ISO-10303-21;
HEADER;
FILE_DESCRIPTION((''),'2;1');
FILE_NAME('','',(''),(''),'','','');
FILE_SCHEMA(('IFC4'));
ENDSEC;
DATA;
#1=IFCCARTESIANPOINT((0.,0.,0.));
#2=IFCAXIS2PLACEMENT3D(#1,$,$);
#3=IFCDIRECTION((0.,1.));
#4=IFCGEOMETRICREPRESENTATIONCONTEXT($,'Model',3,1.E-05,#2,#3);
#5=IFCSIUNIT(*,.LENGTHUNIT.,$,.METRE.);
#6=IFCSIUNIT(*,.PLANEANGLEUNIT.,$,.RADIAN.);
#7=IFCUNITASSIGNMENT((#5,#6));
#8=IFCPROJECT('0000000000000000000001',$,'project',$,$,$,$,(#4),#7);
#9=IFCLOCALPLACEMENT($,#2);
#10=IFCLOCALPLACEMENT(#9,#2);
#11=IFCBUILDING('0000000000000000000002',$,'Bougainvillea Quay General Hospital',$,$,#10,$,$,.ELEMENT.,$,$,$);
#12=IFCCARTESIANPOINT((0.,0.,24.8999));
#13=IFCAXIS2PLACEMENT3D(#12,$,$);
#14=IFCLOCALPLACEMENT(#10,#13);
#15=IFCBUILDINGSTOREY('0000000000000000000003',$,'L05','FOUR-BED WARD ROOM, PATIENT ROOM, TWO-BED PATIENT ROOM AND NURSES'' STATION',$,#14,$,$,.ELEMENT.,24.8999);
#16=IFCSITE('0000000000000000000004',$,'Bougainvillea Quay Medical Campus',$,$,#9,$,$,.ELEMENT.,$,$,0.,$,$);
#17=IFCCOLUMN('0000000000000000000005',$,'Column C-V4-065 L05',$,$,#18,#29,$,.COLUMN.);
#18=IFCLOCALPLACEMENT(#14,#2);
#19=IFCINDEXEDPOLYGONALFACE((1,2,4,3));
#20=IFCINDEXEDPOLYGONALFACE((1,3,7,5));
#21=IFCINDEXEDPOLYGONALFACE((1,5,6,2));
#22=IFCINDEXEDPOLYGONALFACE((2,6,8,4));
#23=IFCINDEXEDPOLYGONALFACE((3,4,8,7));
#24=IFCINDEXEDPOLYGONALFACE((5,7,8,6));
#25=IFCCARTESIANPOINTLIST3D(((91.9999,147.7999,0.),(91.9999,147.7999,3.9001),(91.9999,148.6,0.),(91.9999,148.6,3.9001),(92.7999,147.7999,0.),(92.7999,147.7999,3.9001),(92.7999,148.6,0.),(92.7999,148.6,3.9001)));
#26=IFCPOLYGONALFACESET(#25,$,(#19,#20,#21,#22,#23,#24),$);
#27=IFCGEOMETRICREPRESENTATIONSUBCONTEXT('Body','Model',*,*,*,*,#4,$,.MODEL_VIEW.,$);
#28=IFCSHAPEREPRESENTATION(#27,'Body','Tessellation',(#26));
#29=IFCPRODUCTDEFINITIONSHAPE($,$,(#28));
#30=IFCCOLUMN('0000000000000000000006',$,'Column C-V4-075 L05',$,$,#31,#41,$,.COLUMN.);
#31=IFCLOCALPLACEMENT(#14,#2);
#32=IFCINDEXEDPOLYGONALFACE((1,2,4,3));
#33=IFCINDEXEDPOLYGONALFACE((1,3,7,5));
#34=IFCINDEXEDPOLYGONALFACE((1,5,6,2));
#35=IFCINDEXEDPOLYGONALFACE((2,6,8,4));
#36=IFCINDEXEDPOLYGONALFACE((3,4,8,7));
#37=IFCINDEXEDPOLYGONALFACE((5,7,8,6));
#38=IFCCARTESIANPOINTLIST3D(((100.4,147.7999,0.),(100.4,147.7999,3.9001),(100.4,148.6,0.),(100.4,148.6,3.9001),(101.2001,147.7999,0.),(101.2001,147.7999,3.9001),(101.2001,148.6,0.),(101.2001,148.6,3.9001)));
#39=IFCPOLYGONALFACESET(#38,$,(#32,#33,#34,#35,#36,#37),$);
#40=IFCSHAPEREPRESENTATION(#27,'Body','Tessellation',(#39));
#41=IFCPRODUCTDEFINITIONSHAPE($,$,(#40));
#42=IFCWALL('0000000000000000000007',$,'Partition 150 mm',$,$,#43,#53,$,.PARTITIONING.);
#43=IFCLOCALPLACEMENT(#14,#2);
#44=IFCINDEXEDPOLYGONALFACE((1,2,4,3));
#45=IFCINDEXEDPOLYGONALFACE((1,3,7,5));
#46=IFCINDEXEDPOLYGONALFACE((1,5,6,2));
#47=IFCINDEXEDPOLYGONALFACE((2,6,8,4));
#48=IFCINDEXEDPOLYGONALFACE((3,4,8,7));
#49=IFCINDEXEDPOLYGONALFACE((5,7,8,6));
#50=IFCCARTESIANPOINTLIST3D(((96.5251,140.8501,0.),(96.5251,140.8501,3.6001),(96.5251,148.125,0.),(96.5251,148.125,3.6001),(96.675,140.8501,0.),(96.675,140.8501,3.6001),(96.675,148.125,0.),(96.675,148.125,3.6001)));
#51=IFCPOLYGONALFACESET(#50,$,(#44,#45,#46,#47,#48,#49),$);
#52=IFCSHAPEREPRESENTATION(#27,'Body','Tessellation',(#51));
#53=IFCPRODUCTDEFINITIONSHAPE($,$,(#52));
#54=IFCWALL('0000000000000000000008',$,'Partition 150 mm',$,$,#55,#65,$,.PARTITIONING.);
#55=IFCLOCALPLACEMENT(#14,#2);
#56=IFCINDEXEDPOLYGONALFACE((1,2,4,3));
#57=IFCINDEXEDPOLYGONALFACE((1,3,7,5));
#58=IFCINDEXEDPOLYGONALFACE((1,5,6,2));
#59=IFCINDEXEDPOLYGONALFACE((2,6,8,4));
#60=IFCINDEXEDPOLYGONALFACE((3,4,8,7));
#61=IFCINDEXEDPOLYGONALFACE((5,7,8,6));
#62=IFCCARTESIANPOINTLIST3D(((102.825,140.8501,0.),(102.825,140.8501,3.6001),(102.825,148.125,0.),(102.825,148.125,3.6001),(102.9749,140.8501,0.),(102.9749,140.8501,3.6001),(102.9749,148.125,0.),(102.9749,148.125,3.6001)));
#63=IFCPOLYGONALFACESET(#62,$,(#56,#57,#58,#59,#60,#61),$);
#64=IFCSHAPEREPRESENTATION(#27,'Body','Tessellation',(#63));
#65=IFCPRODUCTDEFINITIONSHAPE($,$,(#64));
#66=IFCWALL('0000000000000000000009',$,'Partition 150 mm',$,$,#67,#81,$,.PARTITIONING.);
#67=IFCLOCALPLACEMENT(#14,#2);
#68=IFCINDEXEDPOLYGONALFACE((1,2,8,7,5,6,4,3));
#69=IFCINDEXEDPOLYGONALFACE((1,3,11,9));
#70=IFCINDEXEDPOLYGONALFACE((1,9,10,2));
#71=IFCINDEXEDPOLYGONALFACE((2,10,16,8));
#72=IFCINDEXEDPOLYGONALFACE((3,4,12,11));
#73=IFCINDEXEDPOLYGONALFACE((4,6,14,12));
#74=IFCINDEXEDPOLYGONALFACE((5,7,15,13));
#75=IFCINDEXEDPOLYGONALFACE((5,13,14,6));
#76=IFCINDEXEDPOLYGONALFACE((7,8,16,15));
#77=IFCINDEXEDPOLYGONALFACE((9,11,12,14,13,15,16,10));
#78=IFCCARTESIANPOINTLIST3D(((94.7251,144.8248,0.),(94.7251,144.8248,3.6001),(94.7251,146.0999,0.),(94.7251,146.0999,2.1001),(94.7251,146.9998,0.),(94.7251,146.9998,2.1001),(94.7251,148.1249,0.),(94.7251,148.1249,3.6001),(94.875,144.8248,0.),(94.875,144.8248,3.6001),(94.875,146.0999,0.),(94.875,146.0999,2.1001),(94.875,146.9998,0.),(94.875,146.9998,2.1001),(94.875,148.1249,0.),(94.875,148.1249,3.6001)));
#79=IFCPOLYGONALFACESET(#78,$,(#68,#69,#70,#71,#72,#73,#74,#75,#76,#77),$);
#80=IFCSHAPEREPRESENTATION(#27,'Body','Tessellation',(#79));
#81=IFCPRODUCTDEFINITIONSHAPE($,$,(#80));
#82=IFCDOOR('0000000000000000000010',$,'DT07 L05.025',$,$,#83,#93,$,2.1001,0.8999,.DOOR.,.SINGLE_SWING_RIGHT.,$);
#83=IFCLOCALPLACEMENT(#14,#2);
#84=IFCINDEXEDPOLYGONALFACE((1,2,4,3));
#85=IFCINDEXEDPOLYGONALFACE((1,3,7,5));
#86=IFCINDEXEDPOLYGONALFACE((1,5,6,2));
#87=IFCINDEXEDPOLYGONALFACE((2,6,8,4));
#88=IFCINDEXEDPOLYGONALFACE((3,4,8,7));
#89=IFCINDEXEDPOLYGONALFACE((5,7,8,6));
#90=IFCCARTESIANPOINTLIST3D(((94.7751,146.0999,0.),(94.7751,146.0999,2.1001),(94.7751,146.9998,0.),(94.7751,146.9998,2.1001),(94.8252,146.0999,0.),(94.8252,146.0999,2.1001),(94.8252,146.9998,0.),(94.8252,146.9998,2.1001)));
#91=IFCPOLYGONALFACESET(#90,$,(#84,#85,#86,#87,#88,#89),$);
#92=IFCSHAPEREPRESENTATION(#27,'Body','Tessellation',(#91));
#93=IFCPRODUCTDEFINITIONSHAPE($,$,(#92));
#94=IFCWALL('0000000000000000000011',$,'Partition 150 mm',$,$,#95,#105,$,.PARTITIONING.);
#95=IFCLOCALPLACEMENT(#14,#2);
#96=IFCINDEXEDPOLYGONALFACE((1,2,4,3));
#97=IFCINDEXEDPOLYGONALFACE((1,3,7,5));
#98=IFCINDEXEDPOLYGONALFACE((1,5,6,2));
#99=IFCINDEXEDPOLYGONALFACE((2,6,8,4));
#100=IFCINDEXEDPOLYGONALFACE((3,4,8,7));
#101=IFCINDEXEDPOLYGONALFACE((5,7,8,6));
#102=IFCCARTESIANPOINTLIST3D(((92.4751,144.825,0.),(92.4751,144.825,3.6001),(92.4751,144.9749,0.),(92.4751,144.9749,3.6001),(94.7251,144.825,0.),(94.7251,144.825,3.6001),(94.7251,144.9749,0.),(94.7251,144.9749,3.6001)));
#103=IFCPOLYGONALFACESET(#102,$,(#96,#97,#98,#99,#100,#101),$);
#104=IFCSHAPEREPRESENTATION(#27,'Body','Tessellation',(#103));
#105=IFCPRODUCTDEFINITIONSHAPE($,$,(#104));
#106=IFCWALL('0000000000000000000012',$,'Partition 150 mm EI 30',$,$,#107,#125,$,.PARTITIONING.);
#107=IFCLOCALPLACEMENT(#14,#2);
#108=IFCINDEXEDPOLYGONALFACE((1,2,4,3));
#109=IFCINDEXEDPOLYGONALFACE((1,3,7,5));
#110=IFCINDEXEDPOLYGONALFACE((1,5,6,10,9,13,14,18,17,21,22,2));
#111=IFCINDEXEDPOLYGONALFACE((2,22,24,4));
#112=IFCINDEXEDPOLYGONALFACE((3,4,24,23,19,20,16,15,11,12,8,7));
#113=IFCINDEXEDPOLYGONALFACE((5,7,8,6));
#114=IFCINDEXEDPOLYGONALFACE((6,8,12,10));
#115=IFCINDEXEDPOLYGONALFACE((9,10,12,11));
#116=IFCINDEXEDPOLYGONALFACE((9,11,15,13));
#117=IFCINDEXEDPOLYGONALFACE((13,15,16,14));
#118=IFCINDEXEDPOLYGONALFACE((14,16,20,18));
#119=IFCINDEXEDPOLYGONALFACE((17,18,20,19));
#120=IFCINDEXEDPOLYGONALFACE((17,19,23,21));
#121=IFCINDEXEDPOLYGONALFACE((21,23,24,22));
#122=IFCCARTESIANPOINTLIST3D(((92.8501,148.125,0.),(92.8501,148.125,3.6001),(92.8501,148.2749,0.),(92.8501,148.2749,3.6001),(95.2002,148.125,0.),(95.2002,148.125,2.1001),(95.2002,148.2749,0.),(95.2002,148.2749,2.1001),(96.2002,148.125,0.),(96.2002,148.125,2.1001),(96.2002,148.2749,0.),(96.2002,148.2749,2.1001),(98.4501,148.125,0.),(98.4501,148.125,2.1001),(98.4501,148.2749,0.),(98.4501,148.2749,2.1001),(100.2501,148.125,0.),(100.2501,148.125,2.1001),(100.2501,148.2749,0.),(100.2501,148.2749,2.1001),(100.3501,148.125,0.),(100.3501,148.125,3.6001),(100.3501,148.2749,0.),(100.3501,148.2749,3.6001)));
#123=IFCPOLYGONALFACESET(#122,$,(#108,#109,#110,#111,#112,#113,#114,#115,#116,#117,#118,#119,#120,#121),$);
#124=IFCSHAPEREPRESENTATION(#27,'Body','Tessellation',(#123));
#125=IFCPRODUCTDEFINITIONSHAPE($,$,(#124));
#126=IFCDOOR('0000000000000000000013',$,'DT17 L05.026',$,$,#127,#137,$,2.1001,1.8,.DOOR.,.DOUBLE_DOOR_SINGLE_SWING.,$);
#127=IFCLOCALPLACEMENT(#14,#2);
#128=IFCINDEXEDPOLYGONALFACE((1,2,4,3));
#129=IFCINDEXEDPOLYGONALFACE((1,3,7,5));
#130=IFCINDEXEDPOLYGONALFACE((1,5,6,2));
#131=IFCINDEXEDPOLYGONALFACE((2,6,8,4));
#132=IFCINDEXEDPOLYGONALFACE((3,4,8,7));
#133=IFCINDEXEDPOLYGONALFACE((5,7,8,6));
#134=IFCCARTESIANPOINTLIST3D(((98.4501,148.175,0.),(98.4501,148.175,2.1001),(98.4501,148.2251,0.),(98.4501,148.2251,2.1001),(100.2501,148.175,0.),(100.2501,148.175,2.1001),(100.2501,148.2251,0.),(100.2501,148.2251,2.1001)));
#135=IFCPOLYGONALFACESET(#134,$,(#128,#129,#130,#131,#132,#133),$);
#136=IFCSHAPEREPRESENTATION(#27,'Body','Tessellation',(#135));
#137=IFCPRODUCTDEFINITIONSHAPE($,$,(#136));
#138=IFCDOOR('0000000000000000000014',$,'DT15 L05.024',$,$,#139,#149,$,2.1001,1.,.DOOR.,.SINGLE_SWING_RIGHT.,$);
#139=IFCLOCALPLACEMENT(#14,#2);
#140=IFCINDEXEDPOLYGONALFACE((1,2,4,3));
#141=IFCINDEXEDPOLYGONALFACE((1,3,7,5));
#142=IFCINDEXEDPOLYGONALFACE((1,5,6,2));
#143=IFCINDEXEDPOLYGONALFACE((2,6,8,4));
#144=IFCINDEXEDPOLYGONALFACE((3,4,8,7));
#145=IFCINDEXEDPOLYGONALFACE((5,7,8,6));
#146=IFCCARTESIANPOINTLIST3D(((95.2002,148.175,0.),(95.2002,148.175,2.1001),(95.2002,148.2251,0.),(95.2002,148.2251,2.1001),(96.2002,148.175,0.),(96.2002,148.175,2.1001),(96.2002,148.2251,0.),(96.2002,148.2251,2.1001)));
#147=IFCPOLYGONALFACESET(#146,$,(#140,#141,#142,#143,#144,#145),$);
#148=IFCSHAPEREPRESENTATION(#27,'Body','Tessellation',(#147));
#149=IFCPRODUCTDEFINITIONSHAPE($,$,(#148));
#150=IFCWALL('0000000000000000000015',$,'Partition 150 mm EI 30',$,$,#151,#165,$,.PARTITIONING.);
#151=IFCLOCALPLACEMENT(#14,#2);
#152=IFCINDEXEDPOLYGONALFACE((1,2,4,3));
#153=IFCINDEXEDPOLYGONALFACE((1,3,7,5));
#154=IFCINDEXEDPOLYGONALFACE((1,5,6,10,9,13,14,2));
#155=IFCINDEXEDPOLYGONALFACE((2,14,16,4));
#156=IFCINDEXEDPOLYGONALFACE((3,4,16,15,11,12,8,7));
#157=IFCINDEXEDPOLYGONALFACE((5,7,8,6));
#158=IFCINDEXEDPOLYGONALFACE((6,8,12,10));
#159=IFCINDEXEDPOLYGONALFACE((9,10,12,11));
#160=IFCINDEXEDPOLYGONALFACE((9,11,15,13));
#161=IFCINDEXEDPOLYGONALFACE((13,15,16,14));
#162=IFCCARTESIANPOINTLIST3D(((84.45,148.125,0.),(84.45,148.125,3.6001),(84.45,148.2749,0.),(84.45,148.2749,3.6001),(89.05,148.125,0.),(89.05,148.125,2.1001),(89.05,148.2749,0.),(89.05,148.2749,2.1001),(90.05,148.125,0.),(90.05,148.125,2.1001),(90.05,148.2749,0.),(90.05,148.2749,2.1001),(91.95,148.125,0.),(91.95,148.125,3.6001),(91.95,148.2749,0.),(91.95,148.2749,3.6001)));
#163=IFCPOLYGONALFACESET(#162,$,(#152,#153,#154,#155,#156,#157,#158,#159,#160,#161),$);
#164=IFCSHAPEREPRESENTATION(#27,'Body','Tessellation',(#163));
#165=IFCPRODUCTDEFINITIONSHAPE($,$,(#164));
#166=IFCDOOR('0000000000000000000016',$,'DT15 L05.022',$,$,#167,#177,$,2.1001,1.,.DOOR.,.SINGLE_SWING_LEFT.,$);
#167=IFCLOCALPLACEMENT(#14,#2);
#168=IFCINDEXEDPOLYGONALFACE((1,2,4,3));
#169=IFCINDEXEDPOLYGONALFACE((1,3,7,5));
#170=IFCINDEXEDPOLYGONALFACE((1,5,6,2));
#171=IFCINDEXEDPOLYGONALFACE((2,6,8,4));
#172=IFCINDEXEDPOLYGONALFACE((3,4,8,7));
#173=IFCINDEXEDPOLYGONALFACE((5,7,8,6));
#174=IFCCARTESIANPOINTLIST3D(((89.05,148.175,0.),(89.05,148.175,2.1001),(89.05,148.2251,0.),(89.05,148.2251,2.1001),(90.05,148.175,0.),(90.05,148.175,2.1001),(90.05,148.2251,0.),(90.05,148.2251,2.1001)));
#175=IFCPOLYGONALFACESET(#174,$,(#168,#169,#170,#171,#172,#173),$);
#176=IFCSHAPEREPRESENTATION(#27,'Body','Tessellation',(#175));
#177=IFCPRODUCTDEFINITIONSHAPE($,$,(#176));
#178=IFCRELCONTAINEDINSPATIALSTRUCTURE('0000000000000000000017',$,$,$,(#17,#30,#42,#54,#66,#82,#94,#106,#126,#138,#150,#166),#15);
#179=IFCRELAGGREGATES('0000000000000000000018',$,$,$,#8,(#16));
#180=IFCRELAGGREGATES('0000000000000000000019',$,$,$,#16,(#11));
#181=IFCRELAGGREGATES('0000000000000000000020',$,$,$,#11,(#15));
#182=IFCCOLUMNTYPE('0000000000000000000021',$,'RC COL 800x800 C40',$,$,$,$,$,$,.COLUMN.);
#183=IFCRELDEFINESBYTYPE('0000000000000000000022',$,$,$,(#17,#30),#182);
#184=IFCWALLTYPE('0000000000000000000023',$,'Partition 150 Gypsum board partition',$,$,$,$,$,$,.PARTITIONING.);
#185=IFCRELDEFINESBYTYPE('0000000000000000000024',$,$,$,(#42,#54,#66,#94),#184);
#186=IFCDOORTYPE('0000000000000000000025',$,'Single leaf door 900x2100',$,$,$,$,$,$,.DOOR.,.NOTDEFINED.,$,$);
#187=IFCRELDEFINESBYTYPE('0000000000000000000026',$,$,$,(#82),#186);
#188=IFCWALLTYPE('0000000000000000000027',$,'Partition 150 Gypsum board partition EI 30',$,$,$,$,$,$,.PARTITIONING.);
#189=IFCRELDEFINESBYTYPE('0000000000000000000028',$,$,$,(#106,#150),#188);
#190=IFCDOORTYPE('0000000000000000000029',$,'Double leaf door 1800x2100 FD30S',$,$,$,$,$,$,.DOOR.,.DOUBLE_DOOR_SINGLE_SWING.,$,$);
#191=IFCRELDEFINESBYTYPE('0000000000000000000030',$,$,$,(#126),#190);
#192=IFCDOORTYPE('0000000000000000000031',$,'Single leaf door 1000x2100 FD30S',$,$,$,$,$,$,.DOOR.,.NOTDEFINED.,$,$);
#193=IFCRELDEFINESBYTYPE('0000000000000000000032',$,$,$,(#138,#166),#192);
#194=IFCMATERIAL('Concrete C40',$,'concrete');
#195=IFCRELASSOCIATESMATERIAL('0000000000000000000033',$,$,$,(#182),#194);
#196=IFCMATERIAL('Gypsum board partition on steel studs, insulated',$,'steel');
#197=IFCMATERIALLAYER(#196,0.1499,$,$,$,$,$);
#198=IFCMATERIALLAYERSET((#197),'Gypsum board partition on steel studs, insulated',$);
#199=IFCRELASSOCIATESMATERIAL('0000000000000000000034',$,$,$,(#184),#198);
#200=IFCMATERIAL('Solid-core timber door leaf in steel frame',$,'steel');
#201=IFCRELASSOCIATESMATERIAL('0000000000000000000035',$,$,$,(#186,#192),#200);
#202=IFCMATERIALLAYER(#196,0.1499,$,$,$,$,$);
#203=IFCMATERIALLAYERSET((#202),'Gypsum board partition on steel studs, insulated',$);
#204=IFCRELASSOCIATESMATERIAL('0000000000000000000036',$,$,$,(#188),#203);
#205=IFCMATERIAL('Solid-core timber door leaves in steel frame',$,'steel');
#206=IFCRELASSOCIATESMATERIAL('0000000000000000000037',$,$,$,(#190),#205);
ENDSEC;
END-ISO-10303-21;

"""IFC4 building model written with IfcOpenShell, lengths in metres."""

from ifc_helpers import new_model, si_unit, direction, frame, frame_2d, origin, origin_2d, place, context, subcontext, project, spatial, rectangle, extrude, material, layer, layer_set, material_profile, profile_set, type_object, element, fill, save


model = new_model("IFC4")

# Units and contexts
model_context = context("Model", 3, precision=1e-05, world=origin(), true_north=direction((0.0, 1.0)))
body_context = subcontext(model_context, "Body", "Model", "MODEL_VIEW")
ifc_project = project(units=[si_unit("LENGTHUNIT", "METRE"), si_unit("PLANEANGLEUNIT", "RADIAN")], contexts=[model_context])

# Site, building, storey
site_placement = place(None, origin())
site = spatial("IfcSite", under=ifc_project, at=site_placement, Name="Bougainvillea Quay Medical Campus", CompositionType="ELEMENT", RefElevation=0.0)
building_placement = place(site_placement, origin())
building = spatial("IfcBuilding", under=site, at=building_placement, Name="Bougainvillea Quay General Hospital", CompositionType="ELEMENT")
storey_placement = place(building_placement, frame((0.0, 0.0, 24.8999)))
storey = spatial("IfcBuildingStorey", under=building, at=storey_placement, Name="L05", Description="FOUR-BED WARD ROOM, PATIENT ROOM, TWO-BED PATIENT ROOM AND NURSES' STATION", CompositionType="ELEMENT", Elevation=24.8999)

# Columns
ifc_material_1 = material(Name="Concrete C40", Category="concrete")
ifc_material_profile = material_profile(ifc_material_1, rectangle(XDim=0.8, YDim=0.8, at=origin_2d()))
ifc_profile_set = profile_set([ifc_material_profile], Name="Concrete C40")
column_type = type_object("IfcColumnType", Name="RC COL 800x800 C40", PredefinedType="COLUMN", material=ifc_profile_set)
for number, where, z_axis, x_axis, name in (
    (1, (92.3999, 148.2, 0.0), (0.0, 0.0, 1.0), (1.0, 0.0, 0.0), "Column C-V4-065 L05"),
    (2, (100.8, 148.2, 0.0), (0.0, 0.0, 1.0), (1.0, 0.0, 0.0), "Column C-V4-075 L05"),
):
    element("IfcColumn", number, at=place(storey_placement, frame(where, z_axis=z_axis, x_axis=x_axis)), inside=storey, type_object=column_type, Name=name, PredefinedType="COLUMN", context=body_context, shape_type="SweptSolid", body=[
        extrude(rectangle(XDim=0.8, YDim=0.8, at=origin_2d()), origin(), (0.0, 0.0, 1.0), 3.9001),
    ])

# Walls
ifc_material_2 = material(Name="Gypsum board partition on steel studs, insulated", Category="steel")
ifc_layer_1 = layer(ifc_material_2, 0.1499)
ifc_layer_set_1 = layer_set([ifc_layer_1], Name="Gypsum board partition on steel studs, insulated")
wall_type_1 = type_object("IfcWallType", Name="Partition 150 Gypsum board partition", PredefinedType="PARTITIONING", material=ifc_layer_set_1)
for number, where, z_axis, x_axis, name in (
    (3, (96.6001, 140.8501, 0.0), (0.0, 0.0, 1.0), (0.0, 1.0, 0.0), "Partition 150 mm"),
    (4, (102.8999, 140.8501, 0.0), (0.0, 0.0, 1.0), (0.0, 1.0, 0.0), "Partition 150 mm"),
):
    element("IfcWall", number, at=place(storey_placement, frame(where, z_axis=z_axis, x_axis=x_axis)), inside=storey, type_object=wall_type_1, Name=name, PredefinedType="PARTITIONING", context=body_context, shape_type="SweptSolid", body=[
        extrude(rectangle(XDim=7.2749, YDim=0.1499, at=frame_2d((3.6375, 0.0))), origin(), (0.0, 0.0, 1.0), 3.6001),
    ])

# Wall, opening, door
wall_1_placement = place(storey_placement, frame((94.8, 144.825, 0.0), z_axis=(0.0, 0.0, 1.0), x_axis=(0.0, 1.0, 0.0)))
wall_1 = element("IfcWall", 5, at=wall_1_placement, inside=storey, type_object=wall_type_1, Name="Partition 150 mm", PredefinedType="PARTITIONING", context=body_context, shape_type="SweptSolid", body=[
    extrude(rectangle(XDim=3.3, YDim=0.1499, at=frame_2d((1.6499, 0.0))), origin(), (0.0, 0.0, 1.0), 3.6001),
])
opening_1_placement = place(wall_1_placement, frame((1.2749, 0.0, 0.0)))
opening_1 = element("IfcOpeningElement", 6, at=opening_1_placement, cuts=wall_1, PredefinedType="OPENING", context=body_context, shape_type="SweptSolid", body=[
    extrude(rectangle(XDim=0.8999, YDim=2.1001, at=frame_2d((0.45, 1.05))), frame((0.0, 0.085, 0.0), z_axis=(0.0, -1.0, 0.0), x_axis=(1.0, 0.0, 0.0)), (0.0, 0.0, 1.0), 0.1699),
])
ifc_material_3 = material(Name="Solid-core timber door leaf in steel frame", Category="steel")
door_type_1 = type_object("IfcDoorType", Name="Single leaf door 900x2100", OperationType="NOTDEFINED", PredefinedType="DOOR", material=ifc_material_3)
door_1_placement = place(opening_1_placement, origin())
door_1 = element("IfcDoor", 7, at=door_1_placement, inside=storey, type_object=door_type_1, Name="DT07 L05.025", OperationType="SINGLE_SWING_RIGHT", OverallHeight=2.1001, OverallWidth=0.8999, PredefinedType="DOOR", context=body_context, shape_type="SweptSolid", body=[
    extrude(rectangle(XDim=0.8999, YDim=2.1001, at=frame_2d((0.45, 1.05))), frame((0.0, 0.0249, 0.0), z_axis=(0.0, -1.0, 0.0), x_axis=(1.0, 0.0, 0.0)), (0.0, 0.0, 1.0), 0.05),
])
fill(opening_1, door_1)

# Wall
wall_2_placement = place(storey_placement, frame((92.4751, 144.8999, 0.0), z_axis=(0.0, 0.0, 1.0), x_axis=(1.0, 0.0, 0.0)))
element("IfcWall", 8, at=wall_2_placement, inside=storey, type_object=wall_type_1, Name="Partition 150 mm", PredefinedType="PARTITIONING", context=body_context, shape_type="SweptSolid", body=[
    extrude(rectangle(XDim=2.25, YDim=0.1499, at=frame_2d((1.125, 0.0))), origin(), (0.0, 0.0, 1.0), 3.6001),
])

# Wall, openings, doors
ifc_layer_2 = layer(ifc_material_2, 0.1499)
ifc_layer_set_2 = layer_set([ifc_layer_2], Name="Gypsum board partition on steel studs, insulated")
wall_type_2 = type_object("IfcWallType", Name="Partition 150 Gypsum board partition EI 30", PredefinedType="PARTITIONING", material=ifc_layer_set_2)
wall_3_placement = place(storey_placement, frame((100.3501, 148.2, 0.0), z_axis=(0.0, 0.0, 1.0), x_axis=(-1.0, 0.0, 0.0)))
wall_3 = element("IfcWall", 9, at=wall_3_placement, inside=storey, type_object=wall_type_2, Name="Partition 150 mm EI 30", PredefinedType="PARTITIONING", context=body_context, shape_type="SweptSolid", body=[
    extrude(rectangle(XDim=7.5, YDim=0.1499, at=frame_2d((3.75, 0.0))), origin(), (0.0, 0.0, 1.0), 3.6001),
])
opening_2_placement = place(wall_3_placement, frame((4.1499, 0.0, 0.0)))
opening_2 = element("IfcOpeningElement", 10, at=opening_2_placement, cuts=wall_3, PredefinedType="OPENING", context=body_context, shape_type="SweptSolid", body=[
    extrude(rectangle(XDim=1.0, YDim=2.1001, at=frame_2d((0.5, 1.05))), frame((0.0, 0.085, 0.0), z_axis=(0.0, -1.0, 0.0), x_axis=(1.0, 0.0, 0.0)), (0.0, 0.0, 1.0), 0.1699),
])
opening_3_placement = place(wall_3_placement, frame((0.1001, 0.0, 0.0)))
opening_3 = element("IfcOpeningElement", 11, at=opening_3_placement, cuts=wall_3, PredefinedType="OPENING", context=body_context, shape_type="SweptSolid", body=[
    extrude(rectangle(XDim=1.8, YDim=2.1001, at=frame_2d((0.8999, 1.05))), frame((0.0, 0.085, 0.0), z_axis=(0.0, -1.0, 0.0), x_axis=(1.0, 0.0, 0.0)), (0.0, 0.0, 1.0), 0.1699),
])
ifc_material_4 = material(Name="Solid-core timber door leaves in steel frame", Category="steel")
door_type_2 = type_object("IfcDoorType", Name="Double leaf door 1800x2100 FD30S", OperationType="DOUBLE_DOOR_SINGLE_SWING", PredefinedType="DOOR", material=ifc_material_4)
door_2_placement = place(opening_3_placement, origin())
door_2 = element("IfcDoor", 12, at=door_2_placement, inside=storey, type_object=door_type_2, Name="DT17 L05.026", OperationType="DOUBLE_DOOR_SINGLE_SWING", OverallHeight=2.1001, OverallWidth=1.8, PredefinedType="DOOR", context=body_context, shape_type="SweptSolid", body=[
    extrude(rectangle(XDim=1.8, YDim=2.1001, at=frame_2d((0.8999, 1.05))), frame((0.0, 0.0249, 0.0), z_axis=(0.0, -1.0, 0.0), x_axis=(1.0, 0.0, 0.0)), (0.0, 0.0, 1.0), 0.05),
])
fill(opening_3, door_2)
door_type_3 = type_object("IfcDoorType", Name="Single leaf door 1000x2100 FD30S", OperationType="NOTDEFINED", PredefinedType="DOOR", material=ifc_material_3)
door_3_placement = place(opening_2_placement, origin())
door_3 = element("IfcDoor", 13, at=door_3_placement, inside=storey, type_object=door_type_3, Name="DT15 L05.024", OperationType="SINGLE_SWING_RIGHT", OverallHeight=2.1001, OverallWidth=1.0, PredefinedType="DOOR", context=body_context, shape_type="SweptSolid", body=[
    extrude(rectangle(XDim=1.0, YDim=2.1001, at=frame_2d((0.5, 1.05))), frame((0.0, 0.0249, 0.0), z_axis=(0.0, -1.0, 0.0), x_axis=(1.0, 0.0, 0.0)), (0.0, 0.0, 1.0), 0.05),
])
fill(opening_2, door_3)

# Wall, opening, door
wall_4_placement = place(storey_placement, frame((91.95, 148.2, 0.0), z_axis=(0.0, 0.0, 1.0), x_axis=(-1.0, 0.0, 0.0)))
wall_4 = element("IfcWall", 14, at=wall_4_placement, inside=storey, type_object=wall_type_2, Name="Partition 150 mm EI 30", PredefinedType="PARTITIONING", context=body_context, shape_type="SweptSolid", body=[
    extrude(rectangle(XDim=7.5, YDim=0.1499, at=frame_2d((3.75, 0.0))), origin(), (0.0, 0.0, 1.0), 3.6001),
])
opening_4_placement = place(wall_4_placement, frame((1.8999, 0.0, 0.0)))
opening_4 = element("IfcOpeningElement", 15, at=opening_4_placement, cuts=wall_4, PredefinedType="OPENING", context=body_context, shape_type="SweptSolid", body=[
    extrude(rectangle(XDim=1.0, YDim=2.1001, at=frame_2d((0.5, 1.05))), frame((0.0, 0.085, 0.0), z_axis=(0.0, -1.0, 0.0), x_axis=(1.0, 0.0, 0.0)), (0.0, 0.0, 1.0), 0.1699),
])
door_4_placement = place(opening_4_placement, origin())
door_4 = element("IfcDoor", 16, at=door_4_placement, inside=storey, type_object=door_type_3, Name="DT15 L05.022", OperationType="SINGLE_SWING_LEFT", OverallHeight=2.1001, OverallWidth=1.0, PredefinedType="DOOR", context=body_context, shape_type="SweptSolid", body=[
    extrude(rectangle(XDim=1.0, YDim=2.1001, at=frame_2d((0.5, 1.05))), frame((0.0, 0.0249, 0.0), z_axis=(0.0, -1.0, 0.0), x_axis=(1.0, 0.0, 0.0)), (0.0, 0.0, 1.0), 0.05),
])
fill(opening_4, door_4)

save(model, "model.ifc")
